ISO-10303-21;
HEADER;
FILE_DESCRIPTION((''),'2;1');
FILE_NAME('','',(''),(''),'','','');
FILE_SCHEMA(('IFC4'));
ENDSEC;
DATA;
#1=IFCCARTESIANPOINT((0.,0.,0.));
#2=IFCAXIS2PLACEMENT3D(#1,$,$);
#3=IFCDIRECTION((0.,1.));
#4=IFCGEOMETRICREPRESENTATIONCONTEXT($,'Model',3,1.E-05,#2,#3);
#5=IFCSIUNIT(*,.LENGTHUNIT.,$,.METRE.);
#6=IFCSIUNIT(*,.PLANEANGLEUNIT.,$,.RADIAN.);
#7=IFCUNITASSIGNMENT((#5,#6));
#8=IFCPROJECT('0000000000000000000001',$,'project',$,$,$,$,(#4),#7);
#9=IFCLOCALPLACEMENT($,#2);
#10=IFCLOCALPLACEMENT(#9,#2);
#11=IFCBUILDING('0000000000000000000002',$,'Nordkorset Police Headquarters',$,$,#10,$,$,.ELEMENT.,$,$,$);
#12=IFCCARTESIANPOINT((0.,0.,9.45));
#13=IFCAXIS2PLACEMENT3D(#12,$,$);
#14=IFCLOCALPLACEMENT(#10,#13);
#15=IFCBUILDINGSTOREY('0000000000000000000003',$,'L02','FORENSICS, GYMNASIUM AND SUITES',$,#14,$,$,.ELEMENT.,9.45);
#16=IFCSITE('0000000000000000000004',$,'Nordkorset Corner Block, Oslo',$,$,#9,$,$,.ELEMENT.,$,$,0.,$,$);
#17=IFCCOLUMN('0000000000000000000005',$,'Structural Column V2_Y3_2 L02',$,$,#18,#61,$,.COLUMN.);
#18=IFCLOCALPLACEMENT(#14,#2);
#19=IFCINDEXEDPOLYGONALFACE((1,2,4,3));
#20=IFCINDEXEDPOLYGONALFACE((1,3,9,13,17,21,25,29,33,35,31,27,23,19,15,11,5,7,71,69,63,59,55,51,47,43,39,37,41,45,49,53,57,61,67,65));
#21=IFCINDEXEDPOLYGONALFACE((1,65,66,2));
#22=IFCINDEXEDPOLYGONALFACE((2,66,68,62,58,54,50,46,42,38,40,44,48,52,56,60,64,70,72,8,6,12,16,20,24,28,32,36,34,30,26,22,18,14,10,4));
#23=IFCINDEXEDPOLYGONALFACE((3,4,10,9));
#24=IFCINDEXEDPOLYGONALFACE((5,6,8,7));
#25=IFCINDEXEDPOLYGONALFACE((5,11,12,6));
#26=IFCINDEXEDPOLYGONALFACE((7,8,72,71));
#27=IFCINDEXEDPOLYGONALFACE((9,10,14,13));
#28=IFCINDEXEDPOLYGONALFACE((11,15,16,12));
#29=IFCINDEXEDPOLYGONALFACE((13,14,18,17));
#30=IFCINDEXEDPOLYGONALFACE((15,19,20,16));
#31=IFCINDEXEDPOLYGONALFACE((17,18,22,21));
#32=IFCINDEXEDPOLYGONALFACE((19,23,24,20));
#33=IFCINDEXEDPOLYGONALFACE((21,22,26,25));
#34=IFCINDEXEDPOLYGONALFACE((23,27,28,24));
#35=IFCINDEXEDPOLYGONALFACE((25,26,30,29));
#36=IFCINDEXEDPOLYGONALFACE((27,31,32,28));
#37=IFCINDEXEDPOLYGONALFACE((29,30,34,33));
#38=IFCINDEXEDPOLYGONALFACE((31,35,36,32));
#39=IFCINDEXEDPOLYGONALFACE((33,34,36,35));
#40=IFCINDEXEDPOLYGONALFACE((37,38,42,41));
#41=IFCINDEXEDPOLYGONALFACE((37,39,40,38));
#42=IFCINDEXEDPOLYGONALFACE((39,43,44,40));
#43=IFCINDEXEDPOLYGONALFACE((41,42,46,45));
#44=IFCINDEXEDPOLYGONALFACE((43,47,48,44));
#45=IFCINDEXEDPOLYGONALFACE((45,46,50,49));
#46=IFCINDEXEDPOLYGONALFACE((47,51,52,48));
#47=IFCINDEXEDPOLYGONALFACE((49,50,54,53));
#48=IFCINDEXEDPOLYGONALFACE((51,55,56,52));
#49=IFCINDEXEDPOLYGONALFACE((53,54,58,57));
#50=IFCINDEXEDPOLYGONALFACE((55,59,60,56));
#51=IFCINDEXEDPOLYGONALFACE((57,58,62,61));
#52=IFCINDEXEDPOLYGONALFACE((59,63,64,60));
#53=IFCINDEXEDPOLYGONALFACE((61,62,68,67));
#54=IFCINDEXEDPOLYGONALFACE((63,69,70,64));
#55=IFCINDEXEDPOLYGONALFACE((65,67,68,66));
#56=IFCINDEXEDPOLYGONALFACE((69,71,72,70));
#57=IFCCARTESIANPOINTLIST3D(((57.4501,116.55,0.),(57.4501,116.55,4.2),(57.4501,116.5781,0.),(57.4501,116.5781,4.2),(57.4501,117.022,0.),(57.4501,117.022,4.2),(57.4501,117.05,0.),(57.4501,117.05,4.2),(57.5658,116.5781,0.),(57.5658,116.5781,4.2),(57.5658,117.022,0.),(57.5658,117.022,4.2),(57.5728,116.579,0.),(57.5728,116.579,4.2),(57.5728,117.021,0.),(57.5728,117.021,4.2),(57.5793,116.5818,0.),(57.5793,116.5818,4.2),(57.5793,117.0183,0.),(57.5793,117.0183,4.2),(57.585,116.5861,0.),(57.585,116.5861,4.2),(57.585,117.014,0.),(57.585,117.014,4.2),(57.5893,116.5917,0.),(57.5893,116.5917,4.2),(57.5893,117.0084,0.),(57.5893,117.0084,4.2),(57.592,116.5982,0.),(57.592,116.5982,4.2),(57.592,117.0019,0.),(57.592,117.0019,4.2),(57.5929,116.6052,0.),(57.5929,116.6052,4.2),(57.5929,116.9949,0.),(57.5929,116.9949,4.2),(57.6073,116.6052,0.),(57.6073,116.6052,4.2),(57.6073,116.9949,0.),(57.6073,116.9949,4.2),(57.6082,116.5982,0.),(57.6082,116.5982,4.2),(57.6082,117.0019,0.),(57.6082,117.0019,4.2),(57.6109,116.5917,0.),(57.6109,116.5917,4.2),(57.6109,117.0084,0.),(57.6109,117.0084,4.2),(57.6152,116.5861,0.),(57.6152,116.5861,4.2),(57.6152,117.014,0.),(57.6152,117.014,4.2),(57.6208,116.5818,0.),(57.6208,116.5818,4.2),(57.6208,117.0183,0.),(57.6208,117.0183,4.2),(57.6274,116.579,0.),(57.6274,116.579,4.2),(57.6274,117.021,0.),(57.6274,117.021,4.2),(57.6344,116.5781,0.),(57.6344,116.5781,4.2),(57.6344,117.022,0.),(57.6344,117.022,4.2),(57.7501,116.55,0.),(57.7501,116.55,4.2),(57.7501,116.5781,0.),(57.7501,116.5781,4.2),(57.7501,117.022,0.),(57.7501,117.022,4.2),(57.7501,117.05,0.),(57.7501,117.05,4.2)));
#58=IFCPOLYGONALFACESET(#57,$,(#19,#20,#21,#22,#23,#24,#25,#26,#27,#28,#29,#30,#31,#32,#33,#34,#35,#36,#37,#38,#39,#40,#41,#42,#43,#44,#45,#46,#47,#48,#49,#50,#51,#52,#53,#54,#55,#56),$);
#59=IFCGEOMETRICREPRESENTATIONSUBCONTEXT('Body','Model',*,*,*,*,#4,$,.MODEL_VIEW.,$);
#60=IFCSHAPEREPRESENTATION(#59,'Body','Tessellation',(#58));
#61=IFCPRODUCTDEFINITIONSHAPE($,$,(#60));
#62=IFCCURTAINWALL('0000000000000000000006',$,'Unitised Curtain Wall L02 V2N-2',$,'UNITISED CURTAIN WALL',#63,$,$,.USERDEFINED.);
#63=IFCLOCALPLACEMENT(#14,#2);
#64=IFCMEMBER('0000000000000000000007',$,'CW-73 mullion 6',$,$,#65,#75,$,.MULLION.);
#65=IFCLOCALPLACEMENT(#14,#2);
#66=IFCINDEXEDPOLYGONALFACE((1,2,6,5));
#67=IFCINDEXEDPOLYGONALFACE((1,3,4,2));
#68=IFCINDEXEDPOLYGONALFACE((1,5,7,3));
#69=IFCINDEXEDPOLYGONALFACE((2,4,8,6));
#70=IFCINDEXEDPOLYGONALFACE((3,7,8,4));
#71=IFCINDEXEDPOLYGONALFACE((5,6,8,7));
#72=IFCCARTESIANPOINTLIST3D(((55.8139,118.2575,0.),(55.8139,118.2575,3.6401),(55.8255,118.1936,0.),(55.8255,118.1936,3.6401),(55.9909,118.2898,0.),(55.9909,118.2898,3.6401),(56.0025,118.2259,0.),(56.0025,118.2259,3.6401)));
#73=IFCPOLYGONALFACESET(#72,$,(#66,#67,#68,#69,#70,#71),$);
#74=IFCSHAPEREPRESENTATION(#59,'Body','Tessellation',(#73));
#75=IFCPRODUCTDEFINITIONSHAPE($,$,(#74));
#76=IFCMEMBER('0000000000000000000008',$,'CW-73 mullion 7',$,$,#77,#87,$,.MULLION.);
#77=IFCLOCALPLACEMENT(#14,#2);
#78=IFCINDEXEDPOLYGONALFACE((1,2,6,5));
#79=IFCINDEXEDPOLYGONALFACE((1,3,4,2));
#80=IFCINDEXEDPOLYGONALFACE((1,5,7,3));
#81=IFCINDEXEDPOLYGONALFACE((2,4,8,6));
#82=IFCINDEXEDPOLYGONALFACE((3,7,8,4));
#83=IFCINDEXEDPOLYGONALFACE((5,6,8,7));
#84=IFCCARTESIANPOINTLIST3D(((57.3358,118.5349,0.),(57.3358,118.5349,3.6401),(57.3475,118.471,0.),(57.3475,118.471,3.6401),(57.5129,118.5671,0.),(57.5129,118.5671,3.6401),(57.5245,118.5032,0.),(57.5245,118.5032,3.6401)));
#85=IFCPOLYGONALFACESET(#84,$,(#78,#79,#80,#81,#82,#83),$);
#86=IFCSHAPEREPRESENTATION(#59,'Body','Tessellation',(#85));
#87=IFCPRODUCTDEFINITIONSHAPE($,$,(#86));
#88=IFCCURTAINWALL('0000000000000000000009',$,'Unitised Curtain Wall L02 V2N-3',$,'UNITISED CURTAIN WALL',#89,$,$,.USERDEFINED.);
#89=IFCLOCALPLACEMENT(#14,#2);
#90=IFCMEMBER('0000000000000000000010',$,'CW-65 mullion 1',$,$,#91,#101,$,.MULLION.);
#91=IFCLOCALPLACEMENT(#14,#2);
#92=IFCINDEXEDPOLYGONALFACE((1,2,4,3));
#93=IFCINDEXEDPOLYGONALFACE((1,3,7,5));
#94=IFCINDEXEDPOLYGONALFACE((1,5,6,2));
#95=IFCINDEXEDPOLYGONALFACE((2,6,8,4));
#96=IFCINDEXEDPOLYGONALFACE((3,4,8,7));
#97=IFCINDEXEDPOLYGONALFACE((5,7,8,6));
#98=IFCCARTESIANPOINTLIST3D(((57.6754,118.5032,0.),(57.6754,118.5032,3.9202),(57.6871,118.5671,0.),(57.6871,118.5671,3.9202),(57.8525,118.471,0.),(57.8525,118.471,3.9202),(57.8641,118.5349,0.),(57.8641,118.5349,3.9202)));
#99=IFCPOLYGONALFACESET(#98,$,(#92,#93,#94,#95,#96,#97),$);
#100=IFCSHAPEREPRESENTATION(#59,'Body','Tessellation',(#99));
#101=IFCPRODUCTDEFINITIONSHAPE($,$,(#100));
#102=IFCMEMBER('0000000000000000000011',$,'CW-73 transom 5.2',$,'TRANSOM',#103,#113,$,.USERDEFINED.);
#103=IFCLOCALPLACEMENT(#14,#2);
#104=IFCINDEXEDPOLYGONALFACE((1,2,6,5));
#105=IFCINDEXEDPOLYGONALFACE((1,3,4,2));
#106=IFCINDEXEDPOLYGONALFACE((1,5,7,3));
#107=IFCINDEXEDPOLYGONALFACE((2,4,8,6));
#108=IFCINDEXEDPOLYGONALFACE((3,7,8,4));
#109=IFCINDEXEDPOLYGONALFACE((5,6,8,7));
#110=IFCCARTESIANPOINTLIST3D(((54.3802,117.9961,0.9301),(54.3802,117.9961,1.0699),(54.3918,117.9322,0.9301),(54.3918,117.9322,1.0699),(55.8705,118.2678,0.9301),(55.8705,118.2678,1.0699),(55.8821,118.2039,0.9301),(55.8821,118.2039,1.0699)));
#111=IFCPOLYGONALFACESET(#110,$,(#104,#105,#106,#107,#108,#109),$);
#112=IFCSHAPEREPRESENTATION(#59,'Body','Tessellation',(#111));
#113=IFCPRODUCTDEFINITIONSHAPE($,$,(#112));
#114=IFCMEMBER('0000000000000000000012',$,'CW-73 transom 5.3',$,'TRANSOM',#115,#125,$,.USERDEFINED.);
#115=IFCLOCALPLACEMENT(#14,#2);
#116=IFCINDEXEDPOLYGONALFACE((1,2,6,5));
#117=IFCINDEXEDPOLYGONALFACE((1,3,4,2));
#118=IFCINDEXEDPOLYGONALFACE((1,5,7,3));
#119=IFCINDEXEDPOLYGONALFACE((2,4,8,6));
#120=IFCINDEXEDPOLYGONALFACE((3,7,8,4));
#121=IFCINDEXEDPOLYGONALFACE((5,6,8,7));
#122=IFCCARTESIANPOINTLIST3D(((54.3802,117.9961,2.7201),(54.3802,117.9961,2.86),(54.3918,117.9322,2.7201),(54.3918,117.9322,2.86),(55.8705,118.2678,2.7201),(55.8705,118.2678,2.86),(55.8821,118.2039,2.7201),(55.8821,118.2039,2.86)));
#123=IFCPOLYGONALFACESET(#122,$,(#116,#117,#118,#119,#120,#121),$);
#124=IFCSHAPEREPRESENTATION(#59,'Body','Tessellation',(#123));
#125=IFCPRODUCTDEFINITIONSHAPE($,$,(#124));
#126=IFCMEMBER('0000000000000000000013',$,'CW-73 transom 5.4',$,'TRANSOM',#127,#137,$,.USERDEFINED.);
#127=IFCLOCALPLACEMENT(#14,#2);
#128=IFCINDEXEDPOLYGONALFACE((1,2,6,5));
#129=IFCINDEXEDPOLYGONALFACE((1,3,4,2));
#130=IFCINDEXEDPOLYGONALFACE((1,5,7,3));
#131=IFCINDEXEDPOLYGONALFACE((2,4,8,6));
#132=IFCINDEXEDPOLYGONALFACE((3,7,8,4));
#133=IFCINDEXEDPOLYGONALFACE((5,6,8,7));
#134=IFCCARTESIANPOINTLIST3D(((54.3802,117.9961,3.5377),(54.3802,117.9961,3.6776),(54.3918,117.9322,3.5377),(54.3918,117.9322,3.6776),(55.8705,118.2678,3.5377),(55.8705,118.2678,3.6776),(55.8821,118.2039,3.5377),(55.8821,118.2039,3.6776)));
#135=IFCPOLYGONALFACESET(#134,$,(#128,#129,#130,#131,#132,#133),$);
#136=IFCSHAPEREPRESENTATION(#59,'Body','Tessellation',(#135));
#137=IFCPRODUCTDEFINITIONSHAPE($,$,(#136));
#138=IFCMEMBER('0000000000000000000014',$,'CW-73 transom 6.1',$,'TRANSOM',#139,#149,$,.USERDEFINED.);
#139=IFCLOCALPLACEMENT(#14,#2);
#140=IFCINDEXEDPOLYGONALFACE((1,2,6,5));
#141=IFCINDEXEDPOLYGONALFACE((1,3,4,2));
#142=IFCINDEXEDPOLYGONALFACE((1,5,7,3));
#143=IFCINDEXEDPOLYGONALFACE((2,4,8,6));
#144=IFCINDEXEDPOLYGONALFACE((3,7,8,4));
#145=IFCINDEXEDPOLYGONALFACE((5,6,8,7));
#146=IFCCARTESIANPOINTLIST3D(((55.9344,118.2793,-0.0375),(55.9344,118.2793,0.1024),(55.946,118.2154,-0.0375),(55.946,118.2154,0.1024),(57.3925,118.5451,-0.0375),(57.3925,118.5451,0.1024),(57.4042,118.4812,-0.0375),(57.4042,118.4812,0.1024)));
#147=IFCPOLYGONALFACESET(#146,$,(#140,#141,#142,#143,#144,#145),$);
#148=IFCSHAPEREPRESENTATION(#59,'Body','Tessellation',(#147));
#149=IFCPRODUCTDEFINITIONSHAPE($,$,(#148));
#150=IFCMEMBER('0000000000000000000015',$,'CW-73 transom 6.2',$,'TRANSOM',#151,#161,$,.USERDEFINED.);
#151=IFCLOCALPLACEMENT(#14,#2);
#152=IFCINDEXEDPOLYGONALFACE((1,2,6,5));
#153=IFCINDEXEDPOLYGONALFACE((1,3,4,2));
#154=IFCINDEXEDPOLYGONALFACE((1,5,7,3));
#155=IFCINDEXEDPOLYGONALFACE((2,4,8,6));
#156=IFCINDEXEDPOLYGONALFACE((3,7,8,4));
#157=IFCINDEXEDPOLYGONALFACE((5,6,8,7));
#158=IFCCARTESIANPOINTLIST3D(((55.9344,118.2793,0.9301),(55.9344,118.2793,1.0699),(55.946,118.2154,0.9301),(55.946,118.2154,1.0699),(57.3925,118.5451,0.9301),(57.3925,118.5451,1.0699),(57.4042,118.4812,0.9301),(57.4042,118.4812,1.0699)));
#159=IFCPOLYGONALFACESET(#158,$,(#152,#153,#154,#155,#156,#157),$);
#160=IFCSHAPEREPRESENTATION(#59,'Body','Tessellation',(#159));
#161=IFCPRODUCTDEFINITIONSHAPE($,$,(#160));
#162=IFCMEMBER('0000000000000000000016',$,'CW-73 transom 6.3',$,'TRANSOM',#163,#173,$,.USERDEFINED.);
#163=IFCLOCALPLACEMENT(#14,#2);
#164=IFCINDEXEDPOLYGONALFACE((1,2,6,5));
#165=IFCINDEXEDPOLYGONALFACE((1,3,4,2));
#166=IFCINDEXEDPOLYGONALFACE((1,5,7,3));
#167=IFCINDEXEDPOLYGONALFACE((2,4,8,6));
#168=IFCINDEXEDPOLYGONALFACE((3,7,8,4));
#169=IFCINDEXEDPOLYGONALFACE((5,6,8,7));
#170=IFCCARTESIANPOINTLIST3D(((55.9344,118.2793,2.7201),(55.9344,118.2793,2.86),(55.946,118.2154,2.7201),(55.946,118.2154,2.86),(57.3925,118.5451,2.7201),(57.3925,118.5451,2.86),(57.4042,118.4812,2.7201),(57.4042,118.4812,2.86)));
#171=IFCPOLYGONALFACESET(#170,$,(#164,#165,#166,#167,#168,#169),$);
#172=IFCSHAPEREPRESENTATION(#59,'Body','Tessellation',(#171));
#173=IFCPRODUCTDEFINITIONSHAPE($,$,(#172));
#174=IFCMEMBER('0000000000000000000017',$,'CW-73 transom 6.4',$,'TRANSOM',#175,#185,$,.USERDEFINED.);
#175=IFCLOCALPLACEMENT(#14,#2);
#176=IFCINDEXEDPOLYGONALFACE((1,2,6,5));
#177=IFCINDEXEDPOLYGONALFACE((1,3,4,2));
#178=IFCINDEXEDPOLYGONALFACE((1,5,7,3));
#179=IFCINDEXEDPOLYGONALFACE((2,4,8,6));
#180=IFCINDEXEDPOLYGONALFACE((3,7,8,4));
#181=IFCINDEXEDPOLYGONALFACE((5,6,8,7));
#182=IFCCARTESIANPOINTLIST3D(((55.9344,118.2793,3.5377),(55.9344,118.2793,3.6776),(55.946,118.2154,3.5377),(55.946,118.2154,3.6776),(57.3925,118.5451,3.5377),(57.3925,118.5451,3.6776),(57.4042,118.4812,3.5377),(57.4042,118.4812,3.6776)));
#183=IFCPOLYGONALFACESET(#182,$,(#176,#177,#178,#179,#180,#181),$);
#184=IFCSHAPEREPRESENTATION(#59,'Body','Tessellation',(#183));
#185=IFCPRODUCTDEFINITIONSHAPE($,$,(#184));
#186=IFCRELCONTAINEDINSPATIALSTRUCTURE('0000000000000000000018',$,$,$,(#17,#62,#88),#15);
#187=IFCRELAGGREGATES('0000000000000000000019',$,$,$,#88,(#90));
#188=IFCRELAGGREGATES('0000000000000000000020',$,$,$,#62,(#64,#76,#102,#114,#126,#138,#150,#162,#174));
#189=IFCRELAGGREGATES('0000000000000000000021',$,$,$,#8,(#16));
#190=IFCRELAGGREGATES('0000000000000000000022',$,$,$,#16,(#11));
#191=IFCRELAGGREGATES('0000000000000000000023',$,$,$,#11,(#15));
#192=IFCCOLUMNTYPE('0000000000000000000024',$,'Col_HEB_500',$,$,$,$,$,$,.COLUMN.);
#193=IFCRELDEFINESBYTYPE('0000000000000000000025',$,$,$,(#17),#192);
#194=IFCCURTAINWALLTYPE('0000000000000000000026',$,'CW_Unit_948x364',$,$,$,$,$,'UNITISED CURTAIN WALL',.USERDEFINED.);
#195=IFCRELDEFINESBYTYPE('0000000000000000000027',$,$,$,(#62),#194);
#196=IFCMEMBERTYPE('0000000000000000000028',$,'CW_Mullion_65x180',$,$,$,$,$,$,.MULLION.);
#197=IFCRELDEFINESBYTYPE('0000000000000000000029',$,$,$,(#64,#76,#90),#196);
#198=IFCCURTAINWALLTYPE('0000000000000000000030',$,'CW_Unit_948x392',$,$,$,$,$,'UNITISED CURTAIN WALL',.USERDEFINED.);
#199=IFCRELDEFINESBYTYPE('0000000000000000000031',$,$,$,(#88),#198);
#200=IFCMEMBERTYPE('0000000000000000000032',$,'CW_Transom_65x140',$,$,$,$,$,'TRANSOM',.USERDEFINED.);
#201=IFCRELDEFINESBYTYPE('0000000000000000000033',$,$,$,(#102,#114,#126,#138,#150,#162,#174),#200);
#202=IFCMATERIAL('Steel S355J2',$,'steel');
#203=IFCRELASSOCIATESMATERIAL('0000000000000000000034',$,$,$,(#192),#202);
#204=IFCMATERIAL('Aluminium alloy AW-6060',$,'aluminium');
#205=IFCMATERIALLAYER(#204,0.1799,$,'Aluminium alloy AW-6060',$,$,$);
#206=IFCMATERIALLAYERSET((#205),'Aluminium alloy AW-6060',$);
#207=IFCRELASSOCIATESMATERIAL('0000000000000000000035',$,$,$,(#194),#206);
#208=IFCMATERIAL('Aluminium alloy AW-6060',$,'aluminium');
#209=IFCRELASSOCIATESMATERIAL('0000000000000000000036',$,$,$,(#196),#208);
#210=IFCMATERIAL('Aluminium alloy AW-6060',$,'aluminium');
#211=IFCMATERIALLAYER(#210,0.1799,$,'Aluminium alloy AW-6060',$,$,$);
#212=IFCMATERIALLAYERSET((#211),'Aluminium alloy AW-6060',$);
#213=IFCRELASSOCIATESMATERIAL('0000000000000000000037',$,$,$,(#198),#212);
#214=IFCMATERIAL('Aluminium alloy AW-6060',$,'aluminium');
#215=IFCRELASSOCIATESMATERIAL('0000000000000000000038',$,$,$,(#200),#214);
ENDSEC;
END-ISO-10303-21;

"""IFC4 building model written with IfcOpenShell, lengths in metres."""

from ifc_helpers import new_model, si_unit, direction, frame, origin, origin_2d, place, context, subcontext, project, spatial, rectangle, i_section, extrude, material, layer, layer_set, material_profile, profile_set, type_object, element, aggregate, save


model = new_model("IFC4")

# Units and contexts
model_context = context("Model", 3, precision=1e-05, world=origin(), true_north=direction((0.0, 1.0)))
body_context = subcontext(model_context, "Body", "Model", "MODEL_VIEW")
ifc_project = project(units=[si_unit("LENGTHUNIT", "METRE"), si_unit("PLANEANGLEUNIT", "RADIAN")], contexts=[model_context])

# Site, building, storey
site_placement = place(None, origin())
site = spatial("IfcSite", under=ifc_project, at=site_placement, Name="Nordkorset Corner Block, Oslo", CompositionType="ELEMENT", RefElevation=0.0)
building_placement = place(site_placement, origin())
building = spatial("IfcBuilding", under=site, at=building_placement, Name="Nordkorset Police Headquarters", CompositionType="ELEMENT")
storey_placement = place(building_placement, frame((0.0, 0.0, 9.45)))
storey = spatial("IfcBuildingStorey", under=building, at=storey_placement, Name="L02", Description="FORENSICS, GYMNASIUM AND SUITES", CompositionType="ELEMENT", Elevation=9.45)

# Column
ifc_material_1 = material(Name="Steel S355J2", Category="steel")
ifc_material_profile_1 = material_profile(ifc_material_1, i_section(OverallWidth=0.3, OverallDepth=0.5, WebThickness=0.0144, FlangeThickness=0.0281, FilletRadius=0.0271, at=origin_2d()), Name="HEB 500")
ifc_profile_set_1 = profile_set([ifc_material_profile_1], Name="Steel S355J2")
column_type = type_object("IfcColumnType", Name="Col_HEB_500", PredefinedType="COLUMN", material=ifc_profile_set_1)
column_placement = place(storey_placement, frame((57.6001, 116.8, 0.0), z_axis=(0.0, 0.0, 1.0), x_axis=(1.0, 0.0, 0.0)))
element("IfcColumn", 1, at=column_placement, inside=storey, type_object=column_type, Name="Structural Column V2_Y3_2 L02", PredefinedType="COLUMN", context=body_context, shape_type="SweptSolid", body=[
    extrude(i_section(OverallWidth=0.3, OverallDepth=0.5, WebThickness=0.0144, FlangeThickness=0.0281, FilletRadius=0.0271, at=origin_2d()), origin(), (0.0, 0.0, 1.0), 4.2),
])

# Curtain wall, members
ifc_material_2 = material(Name="Aluminium alloy AW-6060", Category="aluminium")
ifc_layer_1 = layer(ifc_material_2, 0.1799, Name="Aluminium alloy AW-6060")
ifc_layer_set_1 = layer_set([ifc_layer_1], Name="Aluminium alloy AW-6060")
curtain_wall_type_1 = type_object("IfcCurtainWallType", Name="CW_Unit_948x364", ElementType="UNITISED CURTAIN WALL", PredefinedType="USERDEFINED", material=ifc_layer_set_1)
curtain_wall_1_placement = place(storey_placement, origin())
curtain_wall_1 = element("IfcCurtainWall", 2, at=curtain_wall_1_placement, inside=storey, type_object=curtain_wall_type_1, Name="Unitised Curtain Wall L02 V2N-2", ObjectType="UNITISED CURTAIN WALL", PredefinedType="USERDEFINED")
ifc_material_3 = material(Name="Aluminium alloy AW-6060", Category="aluminium")
ifc_material_profile_2 = material_profile(ifc_material_3, rectangle(XDim=0.0649, YDim=0.1799, at=origin_2d()), Name="ALU MULL 65x180")
ifc_profile_set_2 = profile_set([ifc_material_profile_2], Name="Aluminium alloy AW-6060")
member_type_1 = type_object("IfcMemberType", Name="CW_Mullion_65x180", PredefinedType="MULLION", material=ifc_profile_set_2)
member_1_placement = place(storey_placement, frame((55.9082, 118.2417, 0.0), z_axis=(0.0, 0.0, 1.0), x_axis=(-0.179336, 0.983788, 0.0)))
member_1 = element("IfcMember", 3, at=member_1_placement, type_object=member_type_1, Name="CW-73 mullion 6", PredefinedType="MULLION", context=body_context, shape_type="SweptSolid", body=[
    extrude(rectangle(XDim=0.0649, YDim=0.1799, at=origin_2d()), origin(), (0.0, 0.0, 1.0), 3.6401),
])
member_2_placement = place(storey_placement, frame((57.4302, 118.519, 0.0), z_axis=(0.0, 0.0, 1.0), x_axis=(-0.179336, 0.983788, 0.0)))
member_2 = element("IfcMember", 4, at=member_2_placement, type_object=member_type_1, Name="CW-73 mullion 7", PredefinedType="MULLION", context=body_context, shape_type="SweptSolid", body=[
    extrude(rectangle(XDim=0.0649, YDim=0.1799, at=origin_2d()), origin(), (0.0, 0.0, 1.0), 3.6401),
])

# Curtain wall, member
ifc_material_4 = material(Name="Aluminium alloy AW-6060", Category="aluminium")
ifc_layer_2 = layer(ifc_material_4, 0.1799, Name="Aluminium alloy AW-6060")
ifc_layer_set_2 = layer_set([ifc_layer_2], Name="Aluminium alloy AW-6060")
curtain_wall_type_2 = type_object("IfcCurtainWallType", Name="CW_Unit_948x392", ElementType="UNITISED CURTAIN WALL", PredefinedType="USERDEFINED", material=ifc_layer_set_2)
curtain_wall_2_placement = place(storey_placement, origin())
curtain_wall_2 = element("IfcCurtainWall", 5, at=curtain_wall_2_placement, inside=storey, type_object=curtain_wall_type_2, Name="Unitised Curtain Wall L02 V2N-3", ObjectType="UNITISED CURTAIN WALL", PredefinedType="USERDEFINED")
member_3_placement = place(storey_placement, frame((57.7698, 118.519, 0.0), z_axis=(0.0, 0.0, 1.0), x_axis=(0.179336, 0.983788, 0.0)))
member_3 = element("IfcMember", 6, at=member_3_placement, type_object=member_type_1, Name="CW-65 mullion 1", PredefinedType="MULLION", context=body_context, shape_type="SweptSolid", body=[
    extrude(rectangle(XDim=0.0649, YDim=0.1799, at=origin_2d()), origin(), (0.0, 0.0, 1.0), 3.9202),
])

# Members
ifc_material_5 = material(Name="Aluminium alloy AW-6060", Category="aluminium")
ifc_material_profile_3 = material_profile(ifc_material_5, rectangle(XDim=0.0649, YDim=0.1399, at=origin_2d()), Name="ALU TRAN 65x140")
ifc_profile_set_3 = profile_set([ifc_material_profile_3], Name="Aluminium alloy AW-6060")
member_type_2 = type_object("IfcMemberType", Name="CW_Transom_65x140", ElementType="TRANSOM", PredefinedType="USERDEFINED", material=ifc_profile_set_3)
member_4_placement = place(storey_placement, frame((54.386, 117.9641, 1.0), z_axis=(0.98378, 0.179382, 0.0), x_axis=(-0.179382, 0.98378, 0.0)))
member_4 = element("IfcMember", 7, at=member_4_placement, type_object=member_type_2, Name="CW-73 transom 5.2", ObjectType="TRANSOM", PredefinedType="USERDEFINED", context=body_context, shape_type="SweptSolid", body=[
    extrude(rectangle(XDim=0.0649, YDim=0.1399, at=origin_2d()), origin(), (0.0, 0.0, 1.0), 1.5149),
])
member_5_placement = place(storey_placement, frame((54.386, 117.9641, 2.79), z_axis=(0.98378, 0.179382, 0.0), x_axis=(-0.179382, 0.98378, 0.0)))
member_5 = element("IfcMember", 8, at=member_5_placement, type_object=member_type_2, Name="CW-73 transom 5.3", ObjectType="TRANSOM", PredefinedType="USERDEFINED", context=body_context, shape_type="SweptSolid", body=[
    extrude(rectangle(XDim=0.0649, YDim=0.1399, at=origin_2d()), origin(), (0.0, 0.0, 1.0), 1.5149),
])
member_6_placement = place(storey_placement, frame((54.386, 117.9641, 3.6077), z_axis=(0.98378, 0.179382, 0.0), x_axis=(-0.179382, 0.98378, 0.0)))
member_6 = element("IfcMember", 9, at=member_6_placement, type_object=member_type_2, Name="CW-73 transom 5.4", ObjectType="TRANSOM", PredefinedType="USERDEFINED", context=body_context, shape_type="SweptSolid", body=[
    extrude(rectangle(XDim=0.0649, YDim=0.1399, at=origin_2d()), origin(), (0.0, 0.0, 1.0), 1.5149),
])
member_7_placement = place(storey_placement, frame((55.9402, 118.2473, 0.0325), z_axis=(0.983783, 0.179364, 0.0), x_axis=(-0.179364, 0.983783, 0.0)))
member_7 = element("IfcMember", 10, at=member_7_placement, type_object=member_type_2, Name="CW-73 transom 6.1", ObjectType="TRANSOM", PredefinedType="USERDEFINED", context=body_context, shape_type="SweptSolid", body=[
    extrude(rectangle(XDim=0.0649, YDim=0.1399, at=origin_2d()), origin(), (0.0, 0.0, 1.0), 1.4822),
])
member_8_placement = place(storey_placement, frame((55.9402, 118.2473, 1.0), z_axis=(0.983783, 0.179364, 0.0), x_axis=(-0.179364, 0.983783, 0.0)))
member_8 = element("IfcMember", 11, at=member_8_placement, type_object=member_type_2, Name="CW-73 transom 6.2", ObjectType="TRANSOM", PredefinedType="USERDEFINED", context=body_context, shape_type="SweptSolid", body=[
    extrude(rectangle(XDim=0.0649, YDim=0.1399, at=origin_2d()), origin(), (0.0, 0.0, 1.0), 1.4822),
])
member_9_placement = place(storey_placement, frame((55.9402, 118.2473, 2.79), z_axis=(0.983783, 0.179364, 0.0), x_axis=(-0.179364, 0.983783, 0.0)))
member_9 = element("IfcMember", 12, at=member_9_placement, type_object=member_type_2, Name="CW-73 transom 6.3", ObjectType="TRANSOM", PredefinedType="USERDEFINED", context=body_context, shape_type="SweptSolid", body=[
    extrude(rectangle(XDim=0.0649, YDim=0.1399, at=origin_2d()), origin(), (0.0, 0.0, 1.0), 1.4822),
])
member_10_placement = place(storey_placement, frame((55.9402, 118.2473, 3.6077), z_axis=(0.983783, 0.179364, 0.0), x_axis=(-0.179364, 0.983783, 0.0)))
member_10 = element("IfcMember", 13, at=member_10_placement, type_object=member_type_2, Name="CW-73 transom 6.4", ObjectType="TRANSOM", PredefinedType="USERDEFINED", context=body_context, shape_type="SweptSolid", body=[
    extrude(rectangle(XDim=0.0649, YDim=0.1399, at=origin_2d()), origin(), (0.0, 0.0, 1.0), 1.4822),
])
aggregate(curtain_wall_2, [member_3])

aggregate(curtain_wall_1, [member_1, member_2, member_4, member_5, member_6, member_7, member_8, member_9, member_10])

save(model, "model.ifc")
